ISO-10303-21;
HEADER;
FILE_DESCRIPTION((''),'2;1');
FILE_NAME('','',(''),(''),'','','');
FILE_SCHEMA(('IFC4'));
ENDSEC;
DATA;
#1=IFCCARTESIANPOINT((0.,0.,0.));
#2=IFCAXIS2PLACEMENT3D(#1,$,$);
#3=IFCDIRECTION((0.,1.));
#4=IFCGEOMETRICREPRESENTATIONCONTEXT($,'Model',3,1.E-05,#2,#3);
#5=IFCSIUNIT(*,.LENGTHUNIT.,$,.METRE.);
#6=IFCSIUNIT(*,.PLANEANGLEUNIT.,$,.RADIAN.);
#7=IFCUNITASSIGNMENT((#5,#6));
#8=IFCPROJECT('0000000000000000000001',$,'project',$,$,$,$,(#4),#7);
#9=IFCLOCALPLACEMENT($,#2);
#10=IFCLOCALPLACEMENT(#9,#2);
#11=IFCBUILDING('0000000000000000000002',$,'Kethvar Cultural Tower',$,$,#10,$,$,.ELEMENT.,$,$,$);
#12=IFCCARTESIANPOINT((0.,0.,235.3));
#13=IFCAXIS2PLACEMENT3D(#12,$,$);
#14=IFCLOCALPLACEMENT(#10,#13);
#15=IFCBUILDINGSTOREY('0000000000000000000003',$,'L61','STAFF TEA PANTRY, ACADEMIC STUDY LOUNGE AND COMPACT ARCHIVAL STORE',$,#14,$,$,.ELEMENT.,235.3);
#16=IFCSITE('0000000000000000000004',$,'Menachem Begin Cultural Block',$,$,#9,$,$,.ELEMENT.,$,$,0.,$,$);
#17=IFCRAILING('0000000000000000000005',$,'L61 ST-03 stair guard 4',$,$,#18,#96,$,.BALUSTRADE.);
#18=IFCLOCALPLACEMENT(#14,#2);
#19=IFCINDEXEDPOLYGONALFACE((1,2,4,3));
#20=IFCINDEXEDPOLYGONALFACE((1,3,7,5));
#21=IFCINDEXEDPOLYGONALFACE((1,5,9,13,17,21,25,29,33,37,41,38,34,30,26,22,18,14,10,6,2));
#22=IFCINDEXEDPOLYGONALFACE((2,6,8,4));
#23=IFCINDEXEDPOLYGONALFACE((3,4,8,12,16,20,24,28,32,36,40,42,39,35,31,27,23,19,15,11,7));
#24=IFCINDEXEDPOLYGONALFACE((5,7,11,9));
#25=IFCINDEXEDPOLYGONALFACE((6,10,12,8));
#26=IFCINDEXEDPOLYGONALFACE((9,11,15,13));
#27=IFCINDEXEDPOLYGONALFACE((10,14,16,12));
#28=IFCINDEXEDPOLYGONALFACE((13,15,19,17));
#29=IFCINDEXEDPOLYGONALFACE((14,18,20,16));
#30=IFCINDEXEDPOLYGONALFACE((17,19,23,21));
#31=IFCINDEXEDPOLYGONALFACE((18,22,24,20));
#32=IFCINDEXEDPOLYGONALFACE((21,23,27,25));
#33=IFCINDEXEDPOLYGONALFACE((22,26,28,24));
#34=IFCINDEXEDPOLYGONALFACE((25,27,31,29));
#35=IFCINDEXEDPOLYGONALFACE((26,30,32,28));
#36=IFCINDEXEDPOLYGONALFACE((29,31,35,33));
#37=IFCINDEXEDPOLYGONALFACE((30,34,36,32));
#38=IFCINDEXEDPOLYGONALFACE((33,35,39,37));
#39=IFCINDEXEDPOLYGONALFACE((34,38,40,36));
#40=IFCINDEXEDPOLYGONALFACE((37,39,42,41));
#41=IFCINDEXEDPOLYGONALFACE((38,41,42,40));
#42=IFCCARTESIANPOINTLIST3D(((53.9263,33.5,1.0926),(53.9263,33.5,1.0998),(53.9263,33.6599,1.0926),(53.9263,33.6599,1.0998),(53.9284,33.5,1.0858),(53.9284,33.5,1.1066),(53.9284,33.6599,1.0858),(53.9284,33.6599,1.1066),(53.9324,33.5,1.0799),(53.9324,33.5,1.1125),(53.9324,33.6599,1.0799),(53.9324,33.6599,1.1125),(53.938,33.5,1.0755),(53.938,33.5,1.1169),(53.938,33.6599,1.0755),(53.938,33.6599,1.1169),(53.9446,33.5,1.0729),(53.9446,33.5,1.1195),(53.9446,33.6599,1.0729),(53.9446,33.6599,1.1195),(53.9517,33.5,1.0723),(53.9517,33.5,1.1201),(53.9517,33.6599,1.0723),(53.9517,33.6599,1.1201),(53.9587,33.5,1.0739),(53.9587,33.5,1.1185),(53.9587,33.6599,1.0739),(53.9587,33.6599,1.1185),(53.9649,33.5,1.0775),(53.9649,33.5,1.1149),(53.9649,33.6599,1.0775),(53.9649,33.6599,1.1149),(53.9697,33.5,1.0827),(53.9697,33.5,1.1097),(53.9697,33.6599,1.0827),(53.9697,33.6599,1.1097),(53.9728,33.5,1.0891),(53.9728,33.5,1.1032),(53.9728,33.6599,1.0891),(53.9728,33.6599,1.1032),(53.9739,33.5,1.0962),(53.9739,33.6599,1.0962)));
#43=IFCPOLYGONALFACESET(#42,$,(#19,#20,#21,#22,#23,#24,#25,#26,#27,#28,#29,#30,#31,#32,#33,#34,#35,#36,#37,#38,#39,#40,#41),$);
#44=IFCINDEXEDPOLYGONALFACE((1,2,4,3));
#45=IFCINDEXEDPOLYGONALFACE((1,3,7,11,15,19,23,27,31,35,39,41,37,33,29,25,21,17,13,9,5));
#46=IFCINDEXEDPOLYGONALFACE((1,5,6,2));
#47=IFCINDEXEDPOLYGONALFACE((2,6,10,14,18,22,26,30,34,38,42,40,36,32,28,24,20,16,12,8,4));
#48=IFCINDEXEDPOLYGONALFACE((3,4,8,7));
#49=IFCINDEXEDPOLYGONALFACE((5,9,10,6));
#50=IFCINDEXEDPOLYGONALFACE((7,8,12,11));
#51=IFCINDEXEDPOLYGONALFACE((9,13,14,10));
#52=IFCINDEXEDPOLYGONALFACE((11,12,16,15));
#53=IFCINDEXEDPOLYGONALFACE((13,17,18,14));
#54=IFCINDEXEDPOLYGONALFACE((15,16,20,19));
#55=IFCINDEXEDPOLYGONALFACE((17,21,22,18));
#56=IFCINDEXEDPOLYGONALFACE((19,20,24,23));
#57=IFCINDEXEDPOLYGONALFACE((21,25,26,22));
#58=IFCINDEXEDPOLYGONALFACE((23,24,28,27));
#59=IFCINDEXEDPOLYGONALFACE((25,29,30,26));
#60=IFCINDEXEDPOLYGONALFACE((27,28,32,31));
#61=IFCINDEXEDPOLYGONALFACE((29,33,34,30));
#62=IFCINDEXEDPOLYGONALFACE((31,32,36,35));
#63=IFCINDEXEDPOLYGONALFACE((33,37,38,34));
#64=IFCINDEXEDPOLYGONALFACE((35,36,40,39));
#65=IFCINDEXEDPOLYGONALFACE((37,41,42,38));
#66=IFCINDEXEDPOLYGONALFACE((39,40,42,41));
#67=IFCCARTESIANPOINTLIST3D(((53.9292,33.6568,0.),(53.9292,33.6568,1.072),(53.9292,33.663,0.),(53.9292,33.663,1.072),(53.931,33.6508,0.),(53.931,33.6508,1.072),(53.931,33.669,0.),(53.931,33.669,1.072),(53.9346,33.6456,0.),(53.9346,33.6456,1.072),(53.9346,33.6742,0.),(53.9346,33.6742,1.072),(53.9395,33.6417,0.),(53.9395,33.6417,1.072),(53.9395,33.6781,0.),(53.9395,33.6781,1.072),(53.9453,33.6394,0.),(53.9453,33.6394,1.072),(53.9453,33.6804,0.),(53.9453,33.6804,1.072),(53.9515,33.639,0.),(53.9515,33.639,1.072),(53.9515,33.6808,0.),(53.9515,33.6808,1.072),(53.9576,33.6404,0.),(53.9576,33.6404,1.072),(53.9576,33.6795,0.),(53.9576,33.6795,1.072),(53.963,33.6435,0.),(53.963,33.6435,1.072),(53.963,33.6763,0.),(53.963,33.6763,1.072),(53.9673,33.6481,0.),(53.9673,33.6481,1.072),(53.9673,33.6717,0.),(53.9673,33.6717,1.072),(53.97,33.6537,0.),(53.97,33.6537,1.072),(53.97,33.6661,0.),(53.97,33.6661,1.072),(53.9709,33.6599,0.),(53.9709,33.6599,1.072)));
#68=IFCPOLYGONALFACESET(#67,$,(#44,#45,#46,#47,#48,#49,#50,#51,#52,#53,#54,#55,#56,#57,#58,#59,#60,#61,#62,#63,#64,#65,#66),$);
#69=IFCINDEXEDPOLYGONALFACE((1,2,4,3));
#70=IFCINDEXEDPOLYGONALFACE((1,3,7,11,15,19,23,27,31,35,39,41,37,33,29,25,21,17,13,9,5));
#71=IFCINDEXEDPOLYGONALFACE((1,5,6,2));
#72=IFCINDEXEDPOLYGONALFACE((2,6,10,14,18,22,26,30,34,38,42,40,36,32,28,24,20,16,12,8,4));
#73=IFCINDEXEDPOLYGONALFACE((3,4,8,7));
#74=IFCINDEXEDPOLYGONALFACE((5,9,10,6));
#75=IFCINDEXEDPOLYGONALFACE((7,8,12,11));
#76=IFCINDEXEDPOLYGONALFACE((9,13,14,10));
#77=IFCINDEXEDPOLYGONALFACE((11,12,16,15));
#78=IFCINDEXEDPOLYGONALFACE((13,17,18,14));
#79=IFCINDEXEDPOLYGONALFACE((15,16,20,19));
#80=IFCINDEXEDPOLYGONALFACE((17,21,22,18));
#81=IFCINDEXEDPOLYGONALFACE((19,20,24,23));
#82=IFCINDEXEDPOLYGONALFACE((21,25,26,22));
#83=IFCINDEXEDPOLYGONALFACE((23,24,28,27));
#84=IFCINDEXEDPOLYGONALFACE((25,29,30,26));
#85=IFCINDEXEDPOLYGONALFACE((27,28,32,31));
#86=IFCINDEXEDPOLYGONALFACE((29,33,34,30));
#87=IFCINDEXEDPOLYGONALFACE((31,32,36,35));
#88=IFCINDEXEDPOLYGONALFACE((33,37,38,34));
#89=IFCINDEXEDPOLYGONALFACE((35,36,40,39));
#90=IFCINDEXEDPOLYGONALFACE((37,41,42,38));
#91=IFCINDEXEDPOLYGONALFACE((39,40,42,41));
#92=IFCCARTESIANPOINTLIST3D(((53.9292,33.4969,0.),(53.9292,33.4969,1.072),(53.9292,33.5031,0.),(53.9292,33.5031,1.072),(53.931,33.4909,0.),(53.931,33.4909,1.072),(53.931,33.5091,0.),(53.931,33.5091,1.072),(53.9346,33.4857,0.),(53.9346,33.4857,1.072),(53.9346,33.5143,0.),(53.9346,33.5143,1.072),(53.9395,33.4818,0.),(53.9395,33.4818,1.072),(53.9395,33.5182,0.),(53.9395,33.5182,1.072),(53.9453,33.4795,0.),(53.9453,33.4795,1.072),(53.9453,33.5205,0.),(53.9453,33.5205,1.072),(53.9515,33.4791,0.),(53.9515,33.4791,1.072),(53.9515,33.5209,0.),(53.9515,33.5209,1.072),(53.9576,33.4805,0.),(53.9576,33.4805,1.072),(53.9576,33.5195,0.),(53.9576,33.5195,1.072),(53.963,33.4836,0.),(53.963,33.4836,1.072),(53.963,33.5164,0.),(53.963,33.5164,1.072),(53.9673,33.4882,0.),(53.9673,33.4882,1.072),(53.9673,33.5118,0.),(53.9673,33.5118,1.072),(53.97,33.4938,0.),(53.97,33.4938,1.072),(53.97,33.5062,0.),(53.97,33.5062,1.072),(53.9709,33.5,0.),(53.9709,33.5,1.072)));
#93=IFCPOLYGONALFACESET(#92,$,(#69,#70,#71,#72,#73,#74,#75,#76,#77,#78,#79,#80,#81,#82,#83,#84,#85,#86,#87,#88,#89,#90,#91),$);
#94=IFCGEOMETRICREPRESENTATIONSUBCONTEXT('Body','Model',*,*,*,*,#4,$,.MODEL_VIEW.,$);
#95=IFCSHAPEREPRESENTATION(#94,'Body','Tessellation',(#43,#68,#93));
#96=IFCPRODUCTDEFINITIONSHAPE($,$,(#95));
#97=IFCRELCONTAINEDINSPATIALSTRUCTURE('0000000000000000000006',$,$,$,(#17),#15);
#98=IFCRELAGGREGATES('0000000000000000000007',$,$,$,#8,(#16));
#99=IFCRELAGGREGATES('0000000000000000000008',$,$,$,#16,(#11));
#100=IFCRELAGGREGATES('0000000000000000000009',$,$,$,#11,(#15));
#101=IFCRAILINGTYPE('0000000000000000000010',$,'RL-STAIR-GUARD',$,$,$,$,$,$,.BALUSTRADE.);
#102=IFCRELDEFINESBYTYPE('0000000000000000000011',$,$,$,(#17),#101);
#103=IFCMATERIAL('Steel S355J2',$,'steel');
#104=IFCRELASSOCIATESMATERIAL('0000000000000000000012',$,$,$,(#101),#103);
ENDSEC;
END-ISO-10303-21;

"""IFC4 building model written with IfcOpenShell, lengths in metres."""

from ifc_helpers import new_model, si_unit, direction, frame, origin, origin_2d, place, context, subcontext, project, spatial, circle, extrude, material, type_object, element, save


model = new_model("IFC4")

# Units and contexts
model_context = context("Model", 3, precision=1e-05, world=origin(), true_north=direction((0.0, 1.0)))
body_context = subcontext(model_context, "Body", "Model", "MODEL_VIEW")
ifc_project = project(units=[si_unit("LENGTHUNIT", "METRE"), si_unit("PLANEANGLEUNIT", "RADIAN")], contexts=[model_context])

# Site, building, storey
site_placement = place(None, origin())
site = spatial("IfcSite", under=ifc_project, at=site_placement, Name="Menachem Begin Cultural Block", CompositionType="ELEMENT", RefElevation=0.0)
building_placement = place(site_placement, origin())
building = spatial("IfcBuilding", under=site, at=building_placement, Name="Kethvar Cultural Tower", CompositionType="ELEMENT")
storey_placement = place(building_placement, frame((0.0, 0.0, 235.3)))
storey = spatial("IfcBuildingStorey", under=building, at=storey_placement, Name="L61", Description="STAFF TEA PANTRY, ACADEMIC STUDY LOUNGE AND COMPACT ARCHIVAL STORE", CompositionType="ELEMENT", Elevation=235.3)

# Shared definitions
ifc_material_1 = material(Name="Steel S355J2", Category="steel")

# Railing
railing_type_1 = type_object("IfcRailingType", Name="RL-STAIR-GUARD", PredefinedType="BALUSTRADE", material=ifc_material_1)
railing_1_placement = place(storey_placement, frame((53.95, 33.6599, 0.0)))
element("IfcRailing", 1, at=railing_1_placement, inside=storey, type_object=railing_type_1, Name="L61 ST-03 stair guard 4", PredefinedType="BALUSTRADE", context=body_context, shape_type="SweptSolid", body=[
    extrude(circle(Radius=0.0239, at=origin_2d()), frame((0.0, 0.0, 1.0962), z_axis=(0.0, -1.0, 0.0), x_axis=(1.0, 0.0, 0.0)), (0.0, 0.0, 1.0), 0.1599),
    extrude(circle(Radius=0.021, at=origin_2d()), origin(), (0.0, 0.0, 1.0), 1.072),
    extrude(circle(Radius=0.021, at=origin_2d()), frame((0.0, -0.1599, 0.0)), (0.0, 0.0, 1.0), 1.072),
])

save(model, "model.ifc")
